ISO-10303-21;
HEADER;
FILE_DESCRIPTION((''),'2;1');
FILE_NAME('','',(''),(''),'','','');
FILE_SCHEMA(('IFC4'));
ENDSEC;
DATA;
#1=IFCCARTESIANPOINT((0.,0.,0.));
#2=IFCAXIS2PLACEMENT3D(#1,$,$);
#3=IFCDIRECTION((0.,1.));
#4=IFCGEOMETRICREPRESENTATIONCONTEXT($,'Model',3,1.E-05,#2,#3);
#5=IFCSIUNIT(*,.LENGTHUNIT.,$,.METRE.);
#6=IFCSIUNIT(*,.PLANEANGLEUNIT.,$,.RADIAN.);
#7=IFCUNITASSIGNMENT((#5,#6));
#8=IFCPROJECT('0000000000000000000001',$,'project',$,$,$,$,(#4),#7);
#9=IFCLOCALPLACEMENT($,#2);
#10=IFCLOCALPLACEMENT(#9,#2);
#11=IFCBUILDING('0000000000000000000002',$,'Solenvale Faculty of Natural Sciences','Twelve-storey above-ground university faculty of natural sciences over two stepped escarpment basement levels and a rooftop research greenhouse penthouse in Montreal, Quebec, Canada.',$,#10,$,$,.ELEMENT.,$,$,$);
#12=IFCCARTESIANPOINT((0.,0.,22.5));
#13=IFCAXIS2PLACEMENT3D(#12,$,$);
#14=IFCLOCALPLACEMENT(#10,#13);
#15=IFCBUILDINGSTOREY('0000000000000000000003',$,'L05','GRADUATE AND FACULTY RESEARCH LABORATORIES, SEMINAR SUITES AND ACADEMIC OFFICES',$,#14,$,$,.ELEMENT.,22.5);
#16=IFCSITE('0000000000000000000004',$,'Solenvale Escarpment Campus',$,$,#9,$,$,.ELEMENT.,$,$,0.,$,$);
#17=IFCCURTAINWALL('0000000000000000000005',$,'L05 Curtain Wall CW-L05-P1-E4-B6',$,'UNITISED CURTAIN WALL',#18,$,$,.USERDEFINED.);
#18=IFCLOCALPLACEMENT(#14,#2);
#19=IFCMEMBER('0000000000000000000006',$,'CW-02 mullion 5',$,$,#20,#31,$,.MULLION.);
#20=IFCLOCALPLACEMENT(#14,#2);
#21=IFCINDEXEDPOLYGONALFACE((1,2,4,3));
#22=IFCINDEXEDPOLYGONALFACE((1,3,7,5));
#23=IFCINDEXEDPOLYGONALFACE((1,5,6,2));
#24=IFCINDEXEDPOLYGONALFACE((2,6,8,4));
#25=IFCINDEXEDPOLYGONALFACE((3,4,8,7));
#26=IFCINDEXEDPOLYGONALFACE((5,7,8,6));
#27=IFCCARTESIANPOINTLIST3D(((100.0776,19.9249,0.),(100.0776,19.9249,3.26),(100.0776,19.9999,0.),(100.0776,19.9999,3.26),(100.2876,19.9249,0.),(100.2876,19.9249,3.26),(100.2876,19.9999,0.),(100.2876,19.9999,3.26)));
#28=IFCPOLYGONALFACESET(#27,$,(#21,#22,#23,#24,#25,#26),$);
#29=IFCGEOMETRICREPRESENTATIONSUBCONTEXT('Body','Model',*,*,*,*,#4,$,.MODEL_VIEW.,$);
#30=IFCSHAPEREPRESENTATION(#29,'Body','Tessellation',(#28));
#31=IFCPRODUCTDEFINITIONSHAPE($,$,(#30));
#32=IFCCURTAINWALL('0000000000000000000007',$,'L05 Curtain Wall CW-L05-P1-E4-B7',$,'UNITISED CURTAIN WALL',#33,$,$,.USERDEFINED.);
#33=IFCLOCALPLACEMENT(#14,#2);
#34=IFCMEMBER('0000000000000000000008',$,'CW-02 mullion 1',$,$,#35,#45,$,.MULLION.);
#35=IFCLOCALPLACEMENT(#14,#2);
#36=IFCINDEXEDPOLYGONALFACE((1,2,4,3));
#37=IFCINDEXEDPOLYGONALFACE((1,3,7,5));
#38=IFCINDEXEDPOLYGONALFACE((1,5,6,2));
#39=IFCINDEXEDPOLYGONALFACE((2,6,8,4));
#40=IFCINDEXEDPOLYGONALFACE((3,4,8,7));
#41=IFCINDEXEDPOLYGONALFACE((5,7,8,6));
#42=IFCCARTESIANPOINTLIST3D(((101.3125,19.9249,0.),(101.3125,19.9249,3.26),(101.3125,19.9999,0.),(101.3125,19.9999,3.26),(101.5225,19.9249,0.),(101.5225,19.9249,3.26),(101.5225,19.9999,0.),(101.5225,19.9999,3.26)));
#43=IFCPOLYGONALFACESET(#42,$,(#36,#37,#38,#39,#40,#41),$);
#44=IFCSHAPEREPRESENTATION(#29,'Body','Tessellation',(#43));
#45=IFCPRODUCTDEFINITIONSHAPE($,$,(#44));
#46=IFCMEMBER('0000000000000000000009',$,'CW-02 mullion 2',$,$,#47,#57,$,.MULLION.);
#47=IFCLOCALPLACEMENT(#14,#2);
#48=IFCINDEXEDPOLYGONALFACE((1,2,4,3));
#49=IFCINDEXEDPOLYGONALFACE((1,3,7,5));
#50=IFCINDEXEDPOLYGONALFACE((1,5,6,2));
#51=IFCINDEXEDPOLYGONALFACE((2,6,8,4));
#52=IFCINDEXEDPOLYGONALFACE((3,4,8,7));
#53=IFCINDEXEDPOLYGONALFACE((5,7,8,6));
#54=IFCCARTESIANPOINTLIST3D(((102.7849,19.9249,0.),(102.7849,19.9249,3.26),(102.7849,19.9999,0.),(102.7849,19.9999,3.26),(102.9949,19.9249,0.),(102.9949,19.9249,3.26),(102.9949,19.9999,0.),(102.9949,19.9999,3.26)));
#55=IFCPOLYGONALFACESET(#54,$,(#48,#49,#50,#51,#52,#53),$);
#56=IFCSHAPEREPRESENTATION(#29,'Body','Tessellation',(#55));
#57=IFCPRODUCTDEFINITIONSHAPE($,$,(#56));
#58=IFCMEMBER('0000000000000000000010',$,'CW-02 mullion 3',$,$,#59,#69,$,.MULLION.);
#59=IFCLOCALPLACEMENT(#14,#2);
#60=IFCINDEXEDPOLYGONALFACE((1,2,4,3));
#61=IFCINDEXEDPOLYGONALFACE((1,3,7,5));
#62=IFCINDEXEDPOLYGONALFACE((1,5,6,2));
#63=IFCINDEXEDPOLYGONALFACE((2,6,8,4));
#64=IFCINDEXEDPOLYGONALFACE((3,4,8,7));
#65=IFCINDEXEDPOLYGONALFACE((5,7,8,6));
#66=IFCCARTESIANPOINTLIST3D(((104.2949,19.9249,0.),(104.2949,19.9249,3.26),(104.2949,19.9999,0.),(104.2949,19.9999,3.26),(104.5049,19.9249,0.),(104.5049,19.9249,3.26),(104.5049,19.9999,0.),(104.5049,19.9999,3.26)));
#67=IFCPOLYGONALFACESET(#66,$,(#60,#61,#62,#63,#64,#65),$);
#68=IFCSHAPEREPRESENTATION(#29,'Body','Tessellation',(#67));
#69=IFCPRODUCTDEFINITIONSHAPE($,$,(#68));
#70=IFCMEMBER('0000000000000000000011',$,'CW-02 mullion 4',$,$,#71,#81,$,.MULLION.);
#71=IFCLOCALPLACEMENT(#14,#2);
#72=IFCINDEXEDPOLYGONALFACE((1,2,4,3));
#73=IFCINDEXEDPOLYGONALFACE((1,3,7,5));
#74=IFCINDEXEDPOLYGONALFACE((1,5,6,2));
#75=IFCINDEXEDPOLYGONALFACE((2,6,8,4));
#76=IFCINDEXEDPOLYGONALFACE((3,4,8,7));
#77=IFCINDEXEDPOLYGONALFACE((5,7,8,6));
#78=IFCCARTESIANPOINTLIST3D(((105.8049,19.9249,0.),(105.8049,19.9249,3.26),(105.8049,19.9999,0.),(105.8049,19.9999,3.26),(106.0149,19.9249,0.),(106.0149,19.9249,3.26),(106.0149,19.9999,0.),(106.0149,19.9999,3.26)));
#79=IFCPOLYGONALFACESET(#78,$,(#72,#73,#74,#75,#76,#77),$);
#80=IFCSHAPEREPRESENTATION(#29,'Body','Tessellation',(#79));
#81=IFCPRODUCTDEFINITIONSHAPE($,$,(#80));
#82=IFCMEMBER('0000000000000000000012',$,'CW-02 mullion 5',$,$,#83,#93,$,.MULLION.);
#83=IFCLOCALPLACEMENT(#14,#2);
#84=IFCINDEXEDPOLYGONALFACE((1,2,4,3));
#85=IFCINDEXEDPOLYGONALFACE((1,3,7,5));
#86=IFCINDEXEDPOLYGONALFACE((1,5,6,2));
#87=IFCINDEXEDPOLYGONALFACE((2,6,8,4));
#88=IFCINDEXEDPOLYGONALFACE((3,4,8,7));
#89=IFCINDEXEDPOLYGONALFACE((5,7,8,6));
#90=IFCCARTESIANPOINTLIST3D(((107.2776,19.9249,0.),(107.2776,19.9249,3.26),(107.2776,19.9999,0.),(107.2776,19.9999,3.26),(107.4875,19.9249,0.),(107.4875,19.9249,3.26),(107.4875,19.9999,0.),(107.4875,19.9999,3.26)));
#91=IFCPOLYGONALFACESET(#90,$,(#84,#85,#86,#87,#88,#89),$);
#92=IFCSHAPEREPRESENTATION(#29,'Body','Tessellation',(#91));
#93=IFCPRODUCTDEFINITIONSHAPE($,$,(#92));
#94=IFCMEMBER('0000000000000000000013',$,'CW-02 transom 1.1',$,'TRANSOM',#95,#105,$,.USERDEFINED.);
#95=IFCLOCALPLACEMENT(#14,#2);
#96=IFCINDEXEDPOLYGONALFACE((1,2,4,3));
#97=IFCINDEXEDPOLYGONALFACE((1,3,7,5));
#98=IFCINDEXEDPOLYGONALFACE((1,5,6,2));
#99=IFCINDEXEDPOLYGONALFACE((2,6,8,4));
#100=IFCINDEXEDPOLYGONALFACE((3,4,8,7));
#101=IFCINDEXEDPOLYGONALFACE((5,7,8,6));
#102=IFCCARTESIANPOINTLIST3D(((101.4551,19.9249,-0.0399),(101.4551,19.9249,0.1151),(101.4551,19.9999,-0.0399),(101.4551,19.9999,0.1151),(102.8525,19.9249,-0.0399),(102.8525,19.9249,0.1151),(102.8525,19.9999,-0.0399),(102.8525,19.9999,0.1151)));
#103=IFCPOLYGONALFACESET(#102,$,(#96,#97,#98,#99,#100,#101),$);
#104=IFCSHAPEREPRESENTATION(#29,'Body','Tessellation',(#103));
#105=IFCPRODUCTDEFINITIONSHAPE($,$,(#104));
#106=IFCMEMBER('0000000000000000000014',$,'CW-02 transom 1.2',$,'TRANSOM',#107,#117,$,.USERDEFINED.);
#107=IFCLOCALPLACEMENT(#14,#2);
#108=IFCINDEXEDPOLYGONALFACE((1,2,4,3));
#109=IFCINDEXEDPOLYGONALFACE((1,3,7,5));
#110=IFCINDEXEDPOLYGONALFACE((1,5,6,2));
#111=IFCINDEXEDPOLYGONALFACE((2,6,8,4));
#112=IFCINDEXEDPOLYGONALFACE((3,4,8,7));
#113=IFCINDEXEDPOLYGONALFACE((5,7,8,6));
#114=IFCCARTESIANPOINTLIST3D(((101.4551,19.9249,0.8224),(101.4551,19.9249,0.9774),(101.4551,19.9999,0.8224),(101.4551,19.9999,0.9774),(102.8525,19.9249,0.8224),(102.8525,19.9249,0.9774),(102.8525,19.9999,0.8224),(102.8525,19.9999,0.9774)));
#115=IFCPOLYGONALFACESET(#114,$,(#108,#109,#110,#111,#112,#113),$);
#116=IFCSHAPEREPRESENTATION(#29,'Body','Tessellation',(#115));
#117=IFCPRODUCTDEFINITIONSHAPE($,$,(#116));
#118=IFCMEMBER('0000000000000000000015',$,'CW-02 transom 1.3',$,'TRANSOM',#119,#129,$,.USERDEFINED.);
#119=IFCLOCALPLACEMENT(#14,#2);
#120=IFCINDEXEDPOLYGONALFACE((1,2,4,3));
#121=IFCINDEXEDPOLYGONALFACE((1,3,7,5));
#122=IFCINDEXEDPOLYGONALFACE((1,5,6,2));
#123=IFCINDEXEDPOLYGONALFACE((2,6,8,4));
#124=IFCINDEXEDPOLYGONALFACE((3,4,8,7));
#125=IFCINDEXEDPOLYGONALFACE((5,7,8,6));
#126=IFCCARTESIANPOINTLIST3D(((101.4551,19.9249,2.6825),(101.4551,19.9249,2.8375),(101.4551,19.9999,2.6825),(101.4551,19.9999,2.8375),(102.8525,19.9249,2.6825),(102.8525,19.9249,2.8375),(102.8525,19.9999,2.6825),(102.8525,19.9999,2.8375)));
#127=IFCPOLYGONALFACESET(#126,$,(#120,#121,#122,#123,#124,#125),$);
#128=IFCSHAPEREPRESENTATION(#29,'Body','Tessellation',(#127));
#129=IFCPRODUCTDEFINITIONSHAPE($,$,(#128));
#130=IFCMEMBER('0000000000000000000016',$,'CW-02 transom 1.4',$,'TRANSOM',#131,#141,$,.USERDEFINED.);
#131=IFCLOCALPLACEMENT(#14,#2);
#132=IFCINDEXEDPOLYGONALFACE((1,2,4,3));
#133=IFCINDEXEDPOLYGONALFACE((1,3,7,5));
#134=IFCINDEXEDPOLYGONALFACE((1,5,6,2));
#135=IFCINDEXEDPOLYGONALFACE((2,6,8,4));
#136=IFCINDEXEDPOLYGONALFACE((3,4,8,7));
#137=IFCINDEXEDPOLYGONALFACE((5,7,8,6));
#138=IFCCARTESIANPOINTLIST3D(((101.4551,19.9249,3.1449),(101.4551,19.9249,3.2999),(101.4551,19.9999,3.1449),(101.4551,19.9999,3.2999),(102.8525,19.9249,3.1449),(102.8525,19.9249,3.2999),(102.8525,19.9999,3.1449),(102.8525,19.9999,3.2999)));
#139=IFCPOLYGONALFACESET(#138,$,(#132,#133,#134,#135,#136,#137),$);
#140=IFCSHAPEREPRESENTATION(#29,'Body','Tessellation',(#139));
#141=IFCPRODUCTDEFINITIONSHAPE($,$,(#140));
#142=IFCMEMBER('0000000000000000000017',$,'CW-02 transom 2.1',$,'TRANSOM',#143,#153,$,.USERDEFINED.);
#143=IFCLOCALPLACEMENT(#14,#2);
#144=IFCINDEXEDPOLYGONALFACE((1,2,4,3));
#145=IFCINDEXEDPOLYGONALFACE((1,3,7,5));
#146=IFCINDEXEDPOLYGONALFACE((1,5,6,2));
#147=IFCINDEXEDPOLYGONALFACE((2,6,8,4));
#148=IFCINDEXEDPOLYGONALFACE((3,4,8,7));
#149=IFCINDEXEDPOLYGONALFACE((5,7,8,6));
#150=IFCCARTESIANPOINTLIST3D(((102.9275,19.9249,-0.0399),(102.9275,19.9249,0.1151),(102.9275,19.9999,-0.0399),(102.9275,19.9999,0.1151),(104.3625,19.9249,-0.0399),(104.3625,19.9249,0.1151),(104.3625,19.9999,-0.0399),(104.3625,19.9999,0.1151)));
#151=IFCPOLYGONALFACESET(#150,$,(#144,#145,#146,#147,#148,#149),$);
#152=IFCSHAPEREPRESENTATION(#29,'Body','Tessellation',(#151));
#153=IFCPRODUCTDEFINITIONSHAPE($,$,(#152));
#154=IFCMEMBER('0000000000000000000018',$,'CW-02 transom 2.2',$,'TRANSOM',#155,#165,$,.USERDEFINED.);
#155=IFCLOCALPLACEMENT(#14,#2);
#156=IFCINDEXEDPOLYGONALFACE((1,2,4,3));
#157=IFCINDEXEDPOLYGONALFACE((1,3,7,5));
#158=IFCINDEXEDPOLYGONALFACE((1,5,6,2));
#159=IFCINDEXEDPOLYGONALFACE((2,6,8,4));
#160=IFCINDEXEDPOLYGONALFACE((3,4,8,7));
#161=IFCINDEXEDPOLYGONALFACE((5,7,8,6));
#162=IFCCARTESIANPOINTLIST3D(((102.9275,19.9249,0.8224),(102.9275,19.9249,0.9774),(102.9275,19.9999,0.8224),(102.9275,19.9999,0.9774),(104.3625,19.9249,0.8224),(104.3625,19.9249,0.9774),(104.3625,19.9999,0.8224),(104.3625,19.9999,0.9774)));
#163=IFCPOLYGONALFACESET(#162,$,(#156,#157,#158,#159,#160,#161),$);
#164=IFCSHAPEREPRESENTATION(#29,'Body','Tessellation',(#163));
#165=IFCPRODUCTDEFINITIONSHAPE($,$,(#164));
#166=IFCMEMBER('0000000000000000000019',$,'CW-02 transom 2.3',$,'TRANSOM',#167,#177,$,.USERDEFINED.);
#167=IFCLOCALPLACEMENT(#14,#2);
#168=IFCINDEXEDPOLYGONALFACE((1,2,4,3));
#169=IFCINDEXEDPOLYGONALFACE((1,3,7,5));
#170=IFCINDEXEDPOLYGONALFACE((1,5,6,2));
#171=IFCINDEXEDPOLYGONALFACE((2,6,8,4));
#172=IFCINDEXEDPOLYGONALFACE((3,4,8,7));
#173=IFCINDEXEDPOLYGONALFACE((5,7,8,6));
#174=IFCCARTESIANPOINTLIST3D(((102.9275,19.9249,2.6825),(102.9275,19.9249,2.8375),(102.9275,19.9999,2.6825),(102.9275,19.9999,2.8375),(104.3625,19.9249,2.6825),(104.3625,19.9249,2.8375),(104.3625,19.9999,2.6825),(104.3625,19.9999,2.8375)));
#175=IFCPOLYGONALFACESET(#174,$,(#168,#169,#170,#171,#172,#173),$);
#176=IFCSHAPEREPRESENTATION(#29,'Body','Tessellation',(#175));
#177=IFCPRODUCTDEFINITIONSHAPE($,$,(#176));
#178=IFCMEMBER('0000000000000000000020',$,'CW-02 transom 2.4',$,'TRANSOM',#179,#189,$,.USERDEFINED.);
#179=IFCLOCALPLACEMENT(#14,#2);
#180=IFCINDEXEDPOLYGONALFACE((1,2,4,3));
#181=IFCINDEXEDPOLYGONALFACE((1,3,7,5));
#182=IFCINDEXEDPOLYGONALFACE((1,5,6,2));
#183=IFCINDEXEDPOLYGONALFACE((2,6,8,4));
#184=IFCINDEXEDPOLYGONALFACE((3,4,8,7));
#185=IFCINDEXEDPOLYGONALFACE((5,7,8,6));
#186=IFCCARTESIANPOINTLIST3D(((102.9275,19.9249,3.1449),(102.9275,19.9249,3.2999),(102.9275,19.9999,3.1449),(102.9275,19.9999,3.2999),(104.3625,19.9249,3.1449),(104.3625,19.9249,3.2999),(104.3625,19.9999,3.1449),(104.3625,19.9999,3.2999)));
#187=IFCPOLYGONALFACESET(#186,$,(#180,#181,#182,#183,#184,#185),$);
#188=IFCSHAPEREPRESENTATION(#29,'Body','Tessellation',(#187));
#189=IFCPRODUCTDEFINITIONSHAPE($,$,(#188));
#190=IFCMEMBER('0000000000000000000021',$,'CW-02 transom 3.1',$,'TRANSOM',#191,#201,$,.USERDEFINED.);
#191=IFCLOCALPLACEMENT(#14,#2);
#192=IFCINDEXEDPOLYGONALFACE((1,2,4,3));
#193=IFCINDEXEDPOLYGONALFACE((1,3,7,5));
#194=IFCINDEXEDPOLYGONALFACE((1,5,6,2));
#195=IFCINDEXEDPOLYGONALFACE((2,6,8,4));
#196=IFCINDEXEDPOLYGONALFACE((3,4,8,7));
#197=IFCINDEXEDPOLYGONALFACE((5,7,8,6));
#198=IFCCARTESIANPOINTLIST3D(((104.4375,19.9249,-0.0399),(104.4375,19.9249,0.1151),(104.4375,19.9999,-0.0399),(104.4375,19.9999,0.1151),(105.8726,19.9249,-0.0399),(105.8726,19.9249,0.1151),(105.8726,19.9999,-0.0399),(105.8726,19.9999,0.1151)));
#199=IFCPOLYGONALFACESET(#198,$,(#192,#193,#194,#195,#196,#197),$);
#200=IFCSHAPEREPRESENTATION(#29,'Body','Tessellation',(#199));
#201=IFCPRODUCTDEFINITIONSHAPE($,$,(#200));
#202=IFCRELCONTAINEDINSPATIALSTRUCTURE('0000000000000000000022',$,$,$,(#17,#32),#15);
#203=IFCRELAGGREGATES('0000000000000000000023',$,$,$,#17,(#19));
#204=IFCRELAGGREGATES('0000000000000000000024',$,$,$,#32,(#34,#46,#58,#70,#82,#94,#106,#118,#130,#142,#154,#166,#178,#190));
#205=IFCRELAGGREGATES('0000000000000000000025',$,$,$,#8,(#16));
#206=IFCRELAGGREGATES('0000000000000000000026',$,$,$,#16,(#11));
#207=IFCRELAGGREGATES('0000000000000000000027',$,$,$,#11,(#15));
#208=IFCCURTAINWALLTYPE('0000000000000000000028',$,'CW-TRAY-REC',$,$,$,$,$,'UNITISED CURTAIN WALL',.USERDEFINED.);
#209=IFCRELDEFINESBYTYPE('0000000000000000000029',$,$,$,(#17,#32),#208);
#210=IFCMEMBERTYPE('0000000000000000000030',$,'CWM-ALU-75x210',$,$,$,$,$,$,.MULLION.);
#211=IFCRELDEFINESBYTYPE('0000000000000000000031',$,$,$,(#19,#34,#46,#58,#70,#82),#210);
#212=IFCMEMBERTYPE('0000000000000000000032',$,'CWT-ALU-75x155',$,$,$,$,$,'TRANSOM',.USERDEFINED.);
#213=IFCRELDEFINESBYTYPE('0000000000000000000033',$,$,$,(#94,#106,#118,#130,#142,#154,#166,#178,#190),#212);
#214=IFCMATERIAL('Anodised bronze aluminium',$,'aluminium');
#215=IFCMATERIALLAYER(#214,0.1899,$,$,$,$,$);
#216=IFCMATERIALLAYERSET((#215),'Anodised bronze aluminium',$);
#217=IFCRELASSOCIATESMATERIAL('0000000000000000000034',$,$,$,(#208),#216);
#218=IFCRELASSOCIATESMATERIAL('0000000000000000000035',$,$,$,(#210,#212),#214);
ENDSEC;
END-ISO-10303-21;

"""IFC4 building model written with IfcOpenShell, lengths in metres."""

from ifc_helpers import new_model, si_unit, direction, frame, origin, origin_2d, place, context, subcontext, project, spatial, rectangle, extrude, material, layer, layer_set, material_profile, profile_set, type_object, element, aggregate, save


model = new_model("IFC4")

# Units and contexts
model_context = context("Model", 3, precision=1e-05, world=origin(), true_north=direction((0.0, 1.0)))
body_context = subcontext(model_context, "Body", "Model", "MODEL_VIEW")
ifc_project = project(units=[si_unit("LENGTHUNIT", "METRE"), si_unit("PLANEANGLEUNIT", "RADIAN")], contexts=[model_context])

# Site, building, storey
site_placement = place(None, origin())
site = spatial("IfcSite", under=ifc_project, at=site_placement, Name="Solenvale Escarpment Campus", CompositionType="ELEMENT", RefElevation=0.0)
building_placement = place(site_placement, origin())
building = spatial("IfcBuilding", under=site, at=building_placement, Name="Solenvale Faculty of Natural Sciences", Description="Twelve-storey above-ground university faculty of natural sciences over two stepped escarpment basement levels and a rooftop research greenhouse penthouse in Montreal, Quebec, Canada.", CompositionType="ELEMENT")
storey_placement = place(building_placement, frame((0.0, 0.0, 22.5)))
storey = spatial("IfcBuildingStorey", under=building, at=storey_placement, Name="L05", Description="GRADUATE AND FACULTY RESEARCH LABORATORIES, SEMINAR SUITES AND ACADEMIC OFFICES", CompositionType="ELEMENT", Elevation=22.5)

# Curtain wall, member
ifc_material_1 = material(Name="Anodised bronze aluminium", Category="aluminium")
ifc_layer_1 = layer(ifc_material_1, 0.1899)
ifc_layer_set_1 = layer_set([ifc_layer_1], Name="Anodised bronze aluminium")
curtain_wall_type = type_object("IfcCurtainWallType", Name="CW-TRAY-REC", ElementType="UNITISED CURTAIN WALL", PredefinedType="USERDEFINED", material=ifc_layer_set_1)
curtain_wall_1_placement = place(storey_placement, origin())
curtain_wall_1 = element("IfcCurtainWall", 1, at=curtain_wall_1_placement, inside=storey, type_object=curtain_wall_type, Name="L05 Curtain Wall CW-L05-P1-E4-B6", ObjectType="UNITISED CURTAIN WALL", PredefinedType="USERDEFINED")
ifc_material_profile_1 = material_profile(ifc_material_1, rectangle(XDim=0.075, YDim=0.21, at=origin_2d()), Name="ALU-MUL-75x210")
ifc_profile_set_1 = profile_set([ifc_material_profile_1], Name="Anodised bronze aluminium")
member_type_1 = type_object("IfcMemberType", Name="CWM-ALU-75x210", PredefinedType="MULLION", material=ifc_profile_set_1)
member_1_placement = place(storey_placement, frame((100.1826, 19.9624, 0.0), z_axis=(0.0, 0.0, 1.0), x_axis=(0.0, 1.0, 0.0)))
member_1 = element("IfcMember", 2, at=member_1_placement, type_object=member_type_1, Name="CW-02 mullion 5", PredefinedType="MULLION", context=body_context, shape_type="SweptSolid", body=[
    extrude(rectangle(XDim=0.075, YDim=0.21, at=origin_2d()), origin(), (0.0, 0.0, 1.0), 3.26),
])
aggregate(curtain_wall_1, [member_1])

# Curtain wall, members
curtain_wall_2_placement = place(storey_placement, origin())
curtain_wall_2 = element("IfcCurtainWall", 3, at=curtain_wall_2_placement, inside=storey, type_object=curtain_wall_type, Name="L05 Curtain Wall CW-L05-P1-E4-B7", ObjectType="UNITISED CURTAIN WALL", PredefinedType="USERDEFINED")
member_2_placement = place(storey_placement, frame((101.4175, 19.9624, 0.0), z_axis=(0.0, 0.0, 1.0), x_axis=(0.0, 1.0, 0.0)))
member_2 = element("IfcMember", 4, at=member_2_placement, type_object=member_type_1, Name="CW-02 mullion 1", PredefinedType="MULLION", context=body_context, shape_type="SweptSolid", body=[
    extrude(rectangle(XDim=0.075, YDim=0.21, at=origin_2d()), origin(), (0.0, 0.0, 1.0), 3.26),
])
member_3_placement = place(storey_placement, frame((102.8899, 19.9624, 0.0), z_axis=(0.0, 0.0, 1.0), x_axis=(0.0, 1.0, 0.0)))
member_3 = element("IfcMember", 5, at=member_3_placement, type_object=member_type_1, Name="CW-02 mullion 2", PredefinedType="MULLION", context=body_context, shape_type="SweptSolid", body=[
    extrude(rectangle(XDim=0.075, YDim=0.21, at=origin_2d()), origin(), (0.0, 0.0, 1.0), 3.26),
])
member_4_placement = place(storey_placement, frame((104.3999, 19.9624, 0.0), z_axis=(0.0, 0.0, 1.0), x_axis=(0.0, 1.0, 0.0)))
member_4 = element("IfcMember", 6, at=member_4_placement, type_object=member_type_1, Name="CW-02 mullion 3", PredefinedType="MULLION", context=body_context, shape_type="SweptSolid", body=[
    extrude(rectangle(XDim=0.075, YDim=0.21, at=origin_2d()), origin(), (0.0, 0.0, 1.0), 3.26),
])
member_5_placement = place(storey_placement, frame((105.9099, 19.9624, 0.0), z_axis=(0.0, 0.0, 1.0), x_axis=(0.0, 1.0, 0.0)))
member_5 = element("IfcMember", 7, at=member_5_placement, type_object=member_type_1, Name="CW-02 mullion 4", PredefinedType="MULLION", context=body_context, shape_type="SweptSolid", body=[
    extrude(rectangle(XDim=0.075, YDim=0.21, at=origin_2d()), origin(), (0.0, 0.0, 1.0), 3.26),
])
member_6_placement = place(storey_placement, frame((107.3826, 19.9624, 0.0), z_axis=(0.0, 0.0, 1.0), x_axis=(0.0, 1.0, 0.0)))
member_6 = element("IfcMember", 8, at=member_6_placement, type_object=member_type_1, Name="CW-02 mullion 5", PredefinedType="MULLION", context=body_context, shape_type="SweptSolid", body=[
    extrude(rectangle(XDim=0.075, YDim=0.21, at=origin_2d()), origin(), (0.0, 0.0, 1.0), 3.26),
])
ifc_material_profile_2 = material_profile(ifc_material_1, rectangle(XDim=0.075, YDim=0.155, at=origin_2d()), Name="ALU-TRN-75x155")
ifc_profile_set_2 = profile_set([ifc_material_profile_2], Name="Anodised bronze aluminium")
member_type_2 = type_object("IfcMemberType", Name="CWT-ALU-75x155", ElementType="TRANSOM", PredefinedType="USERDEFINED", material=ifc_profile_set_2)
member_7_placement = place(storey_placement, frame((101.4551, 19.9624, 0.0376), z_axis=(1.0, 0.0, 0.0), x_axis=(0.0, 1.0, 0.0)))
member_7 = element("IfcMember", 9, at=member_7_placement, type_object=member_type_2, Name="CW-02 transom 1.1", ObjectType="TRANSOM", PredefinedType="USERDEFINED", context=body_context, shape_type="SweptSolid", body=[
    extrude(rectangle(XDim=0.075, YDim=0.155, at=origin_2d()), origin(), (0.0, 0.0, 1.0), 1.3975),
])
member_8_placement = place(storey_placement, frame((101.4551, 19.9624, 0.8999), z_axis=(1.0, 0.0, 0.0), x_axis=(0.0, 1.0, 0.0)))
member_8 = element("IfcMember", 10, at=member_8_placement, type_object=member_type_2, Name="CW-02 transom 1.2", ObjectType="TRANSOM", PredefinedType="USERDEFINED", context=body_context, shape_type="SweptSolid", body=[
    extrude(rectangle(XDim=0.075, YDim=0.155, at=origin_2d()), origin(), (0.0, 0.0, 1.0), 1.3975),
])
member_9_placement = place(storey_placement, frame((101.4551, 19.9624, 2.76), z_axis=(1.0, 0.0, 0.0), x_axis=(0.0, 1.0, 0.0)))
member_9 = element("IfcMember", 11, at=member_9_placement, type_object=member_type_2, Name="CW-02 transom 1.3", ObjectType="TRANSOM", PredefinedType="USERDEFINED", context=body_context, shape_type="SweptSolid", body=[
    extrude(rectangle(XDim=0.075, YDim=0.155, at=origin_2d()), origin(), (0.0, 0.0, 1.0), 1.3975),
])
member_10_placement = place(storey_placement, frame((101.4551, 19.9624, 3.2224), z_axis=(1.0, 0.0, 0.0), x_axis=(0.0, 1.0, 0.0)))
member_10 = element("IfcMember", 12, at=member_10_placement, type_object=member_type_2, Name="CW-02 transom 1.4", ObjectType="TRANSOM", PredefinedType="USERDEFINED", context=body_context, shape_type="SweptSolid", body=[
    extrude(rectangle(XDim=0.075, YDim=0.155, at=origin_2d()), origin(), (0.0, 0.0, 1.0), 1.3975),
])
member_11_placement = place(storey_placement, frame((102.9275, 19.9624, 0.0376), z_axis=(1.0, 0.0, 0.0), x_axis=(0.0, 1.0, 0.0)))
member_11 = element("IfcMember", 13, at=member_11_placement, type_object=member_type_2, Name="CW-02 transom 2.1", ObjectType="TRANSOM", PredefinedType="USERDEFINED", context=body_context, shape_type="SweptSolid", body=[
    extrude(rectangle(XDim=0.075, YDim=0.155, at=origin_2d()), origin(), (0.0, 0.0, 1.0), 1.4351),
])
member_12_placement = place(storey_placement, frame((102.9275, 19.9624, 0.8999), z_axis=(1.0, 0.0, 0.0), x_axis=(0.0, 1.0, 0.0)))
member_12 = element("IfcMember", 14, at=member_12_placement, type_object=member_type_2, Name="CW-02 transom 2.2", ObjectType="TRANSOM", PredefinedType="USERDEFINED", context=body_context, shape_type="SweptSolid", body=[
    extrude(rectangle(XDim=0.075, YDim=0.155, at=origin_2d()), origin(), (0.0, 0.0, 1.0), 1.4351),
])
member_13_placement = place(storey_placement, frame((102.9275, 19.9624, 2.76), z_axis=(1.0, 0.0, 0.0), x_axis=(0.0, 1.0, 0.0)))
member_13 = element("IfcMember", 15, at=member_13_placement, type_object=member_type_2, Name="CW-02 transom 2.3", ObjectType="TRANSOM", PredefinedType="USERDEFINED", context=body_context, shape_type="SweptSolid", body=[
    extrude(rectangle(XDim=0.075, YDim=0.155, at=origin_2d()), origin(), (0.0, 0.0, 1.0), 1.4351),
])
member_14_placement = place(storey_placement, frame((102.9275, 19.9624, 3.2224), z_axis=(1.0, 0.0, 0.0), x_axis=(0.0, 1.0, 0.0)))
member_14 = element("IfcMember", 16, at=member_14_placement, type_object=member_type_2, Name="CW-02 transom 2.4", ObjectType="TRANSOM", PredefinedType="USERDEFINED", context=body_context, shape_type="SweptSolid", body=[
    extrude(rectangle(XDim=0.075, YDim=0.155, at=origin_2d()), origin(), (0.0, 0.0, 1.0), 1.4351),
])
member_15_placement = place(storey_placement, frame((104.4375, 19.9624, 0.0376), z_axis=(1.0, 0.0, 0.0), x_axis=(0.0, 1.0, 0.0)))
member_15 = element("IfcMember", 17, at=member_15_placement, type_object=member_type_2, Name="CW-02 transom 3.1", ObjectType="TRANSOM", PredefinedType="USERDEFINED", context=body_context, shape_type="SweptSolid", body=[
    extrude(rectangle(XDim=0.075, YDim=0.155, at=origin_2d()), origin(), (0.0, 0.0, 1.0), 1.4351),
])
aggregate(curtain_wall_2, [member_2, member_3, member_4, member_5, member_6, member_7, member_8, member_9, member_10, member_11, member_12, member_13, member_14, member_15])

save(model, "model.ifc")
